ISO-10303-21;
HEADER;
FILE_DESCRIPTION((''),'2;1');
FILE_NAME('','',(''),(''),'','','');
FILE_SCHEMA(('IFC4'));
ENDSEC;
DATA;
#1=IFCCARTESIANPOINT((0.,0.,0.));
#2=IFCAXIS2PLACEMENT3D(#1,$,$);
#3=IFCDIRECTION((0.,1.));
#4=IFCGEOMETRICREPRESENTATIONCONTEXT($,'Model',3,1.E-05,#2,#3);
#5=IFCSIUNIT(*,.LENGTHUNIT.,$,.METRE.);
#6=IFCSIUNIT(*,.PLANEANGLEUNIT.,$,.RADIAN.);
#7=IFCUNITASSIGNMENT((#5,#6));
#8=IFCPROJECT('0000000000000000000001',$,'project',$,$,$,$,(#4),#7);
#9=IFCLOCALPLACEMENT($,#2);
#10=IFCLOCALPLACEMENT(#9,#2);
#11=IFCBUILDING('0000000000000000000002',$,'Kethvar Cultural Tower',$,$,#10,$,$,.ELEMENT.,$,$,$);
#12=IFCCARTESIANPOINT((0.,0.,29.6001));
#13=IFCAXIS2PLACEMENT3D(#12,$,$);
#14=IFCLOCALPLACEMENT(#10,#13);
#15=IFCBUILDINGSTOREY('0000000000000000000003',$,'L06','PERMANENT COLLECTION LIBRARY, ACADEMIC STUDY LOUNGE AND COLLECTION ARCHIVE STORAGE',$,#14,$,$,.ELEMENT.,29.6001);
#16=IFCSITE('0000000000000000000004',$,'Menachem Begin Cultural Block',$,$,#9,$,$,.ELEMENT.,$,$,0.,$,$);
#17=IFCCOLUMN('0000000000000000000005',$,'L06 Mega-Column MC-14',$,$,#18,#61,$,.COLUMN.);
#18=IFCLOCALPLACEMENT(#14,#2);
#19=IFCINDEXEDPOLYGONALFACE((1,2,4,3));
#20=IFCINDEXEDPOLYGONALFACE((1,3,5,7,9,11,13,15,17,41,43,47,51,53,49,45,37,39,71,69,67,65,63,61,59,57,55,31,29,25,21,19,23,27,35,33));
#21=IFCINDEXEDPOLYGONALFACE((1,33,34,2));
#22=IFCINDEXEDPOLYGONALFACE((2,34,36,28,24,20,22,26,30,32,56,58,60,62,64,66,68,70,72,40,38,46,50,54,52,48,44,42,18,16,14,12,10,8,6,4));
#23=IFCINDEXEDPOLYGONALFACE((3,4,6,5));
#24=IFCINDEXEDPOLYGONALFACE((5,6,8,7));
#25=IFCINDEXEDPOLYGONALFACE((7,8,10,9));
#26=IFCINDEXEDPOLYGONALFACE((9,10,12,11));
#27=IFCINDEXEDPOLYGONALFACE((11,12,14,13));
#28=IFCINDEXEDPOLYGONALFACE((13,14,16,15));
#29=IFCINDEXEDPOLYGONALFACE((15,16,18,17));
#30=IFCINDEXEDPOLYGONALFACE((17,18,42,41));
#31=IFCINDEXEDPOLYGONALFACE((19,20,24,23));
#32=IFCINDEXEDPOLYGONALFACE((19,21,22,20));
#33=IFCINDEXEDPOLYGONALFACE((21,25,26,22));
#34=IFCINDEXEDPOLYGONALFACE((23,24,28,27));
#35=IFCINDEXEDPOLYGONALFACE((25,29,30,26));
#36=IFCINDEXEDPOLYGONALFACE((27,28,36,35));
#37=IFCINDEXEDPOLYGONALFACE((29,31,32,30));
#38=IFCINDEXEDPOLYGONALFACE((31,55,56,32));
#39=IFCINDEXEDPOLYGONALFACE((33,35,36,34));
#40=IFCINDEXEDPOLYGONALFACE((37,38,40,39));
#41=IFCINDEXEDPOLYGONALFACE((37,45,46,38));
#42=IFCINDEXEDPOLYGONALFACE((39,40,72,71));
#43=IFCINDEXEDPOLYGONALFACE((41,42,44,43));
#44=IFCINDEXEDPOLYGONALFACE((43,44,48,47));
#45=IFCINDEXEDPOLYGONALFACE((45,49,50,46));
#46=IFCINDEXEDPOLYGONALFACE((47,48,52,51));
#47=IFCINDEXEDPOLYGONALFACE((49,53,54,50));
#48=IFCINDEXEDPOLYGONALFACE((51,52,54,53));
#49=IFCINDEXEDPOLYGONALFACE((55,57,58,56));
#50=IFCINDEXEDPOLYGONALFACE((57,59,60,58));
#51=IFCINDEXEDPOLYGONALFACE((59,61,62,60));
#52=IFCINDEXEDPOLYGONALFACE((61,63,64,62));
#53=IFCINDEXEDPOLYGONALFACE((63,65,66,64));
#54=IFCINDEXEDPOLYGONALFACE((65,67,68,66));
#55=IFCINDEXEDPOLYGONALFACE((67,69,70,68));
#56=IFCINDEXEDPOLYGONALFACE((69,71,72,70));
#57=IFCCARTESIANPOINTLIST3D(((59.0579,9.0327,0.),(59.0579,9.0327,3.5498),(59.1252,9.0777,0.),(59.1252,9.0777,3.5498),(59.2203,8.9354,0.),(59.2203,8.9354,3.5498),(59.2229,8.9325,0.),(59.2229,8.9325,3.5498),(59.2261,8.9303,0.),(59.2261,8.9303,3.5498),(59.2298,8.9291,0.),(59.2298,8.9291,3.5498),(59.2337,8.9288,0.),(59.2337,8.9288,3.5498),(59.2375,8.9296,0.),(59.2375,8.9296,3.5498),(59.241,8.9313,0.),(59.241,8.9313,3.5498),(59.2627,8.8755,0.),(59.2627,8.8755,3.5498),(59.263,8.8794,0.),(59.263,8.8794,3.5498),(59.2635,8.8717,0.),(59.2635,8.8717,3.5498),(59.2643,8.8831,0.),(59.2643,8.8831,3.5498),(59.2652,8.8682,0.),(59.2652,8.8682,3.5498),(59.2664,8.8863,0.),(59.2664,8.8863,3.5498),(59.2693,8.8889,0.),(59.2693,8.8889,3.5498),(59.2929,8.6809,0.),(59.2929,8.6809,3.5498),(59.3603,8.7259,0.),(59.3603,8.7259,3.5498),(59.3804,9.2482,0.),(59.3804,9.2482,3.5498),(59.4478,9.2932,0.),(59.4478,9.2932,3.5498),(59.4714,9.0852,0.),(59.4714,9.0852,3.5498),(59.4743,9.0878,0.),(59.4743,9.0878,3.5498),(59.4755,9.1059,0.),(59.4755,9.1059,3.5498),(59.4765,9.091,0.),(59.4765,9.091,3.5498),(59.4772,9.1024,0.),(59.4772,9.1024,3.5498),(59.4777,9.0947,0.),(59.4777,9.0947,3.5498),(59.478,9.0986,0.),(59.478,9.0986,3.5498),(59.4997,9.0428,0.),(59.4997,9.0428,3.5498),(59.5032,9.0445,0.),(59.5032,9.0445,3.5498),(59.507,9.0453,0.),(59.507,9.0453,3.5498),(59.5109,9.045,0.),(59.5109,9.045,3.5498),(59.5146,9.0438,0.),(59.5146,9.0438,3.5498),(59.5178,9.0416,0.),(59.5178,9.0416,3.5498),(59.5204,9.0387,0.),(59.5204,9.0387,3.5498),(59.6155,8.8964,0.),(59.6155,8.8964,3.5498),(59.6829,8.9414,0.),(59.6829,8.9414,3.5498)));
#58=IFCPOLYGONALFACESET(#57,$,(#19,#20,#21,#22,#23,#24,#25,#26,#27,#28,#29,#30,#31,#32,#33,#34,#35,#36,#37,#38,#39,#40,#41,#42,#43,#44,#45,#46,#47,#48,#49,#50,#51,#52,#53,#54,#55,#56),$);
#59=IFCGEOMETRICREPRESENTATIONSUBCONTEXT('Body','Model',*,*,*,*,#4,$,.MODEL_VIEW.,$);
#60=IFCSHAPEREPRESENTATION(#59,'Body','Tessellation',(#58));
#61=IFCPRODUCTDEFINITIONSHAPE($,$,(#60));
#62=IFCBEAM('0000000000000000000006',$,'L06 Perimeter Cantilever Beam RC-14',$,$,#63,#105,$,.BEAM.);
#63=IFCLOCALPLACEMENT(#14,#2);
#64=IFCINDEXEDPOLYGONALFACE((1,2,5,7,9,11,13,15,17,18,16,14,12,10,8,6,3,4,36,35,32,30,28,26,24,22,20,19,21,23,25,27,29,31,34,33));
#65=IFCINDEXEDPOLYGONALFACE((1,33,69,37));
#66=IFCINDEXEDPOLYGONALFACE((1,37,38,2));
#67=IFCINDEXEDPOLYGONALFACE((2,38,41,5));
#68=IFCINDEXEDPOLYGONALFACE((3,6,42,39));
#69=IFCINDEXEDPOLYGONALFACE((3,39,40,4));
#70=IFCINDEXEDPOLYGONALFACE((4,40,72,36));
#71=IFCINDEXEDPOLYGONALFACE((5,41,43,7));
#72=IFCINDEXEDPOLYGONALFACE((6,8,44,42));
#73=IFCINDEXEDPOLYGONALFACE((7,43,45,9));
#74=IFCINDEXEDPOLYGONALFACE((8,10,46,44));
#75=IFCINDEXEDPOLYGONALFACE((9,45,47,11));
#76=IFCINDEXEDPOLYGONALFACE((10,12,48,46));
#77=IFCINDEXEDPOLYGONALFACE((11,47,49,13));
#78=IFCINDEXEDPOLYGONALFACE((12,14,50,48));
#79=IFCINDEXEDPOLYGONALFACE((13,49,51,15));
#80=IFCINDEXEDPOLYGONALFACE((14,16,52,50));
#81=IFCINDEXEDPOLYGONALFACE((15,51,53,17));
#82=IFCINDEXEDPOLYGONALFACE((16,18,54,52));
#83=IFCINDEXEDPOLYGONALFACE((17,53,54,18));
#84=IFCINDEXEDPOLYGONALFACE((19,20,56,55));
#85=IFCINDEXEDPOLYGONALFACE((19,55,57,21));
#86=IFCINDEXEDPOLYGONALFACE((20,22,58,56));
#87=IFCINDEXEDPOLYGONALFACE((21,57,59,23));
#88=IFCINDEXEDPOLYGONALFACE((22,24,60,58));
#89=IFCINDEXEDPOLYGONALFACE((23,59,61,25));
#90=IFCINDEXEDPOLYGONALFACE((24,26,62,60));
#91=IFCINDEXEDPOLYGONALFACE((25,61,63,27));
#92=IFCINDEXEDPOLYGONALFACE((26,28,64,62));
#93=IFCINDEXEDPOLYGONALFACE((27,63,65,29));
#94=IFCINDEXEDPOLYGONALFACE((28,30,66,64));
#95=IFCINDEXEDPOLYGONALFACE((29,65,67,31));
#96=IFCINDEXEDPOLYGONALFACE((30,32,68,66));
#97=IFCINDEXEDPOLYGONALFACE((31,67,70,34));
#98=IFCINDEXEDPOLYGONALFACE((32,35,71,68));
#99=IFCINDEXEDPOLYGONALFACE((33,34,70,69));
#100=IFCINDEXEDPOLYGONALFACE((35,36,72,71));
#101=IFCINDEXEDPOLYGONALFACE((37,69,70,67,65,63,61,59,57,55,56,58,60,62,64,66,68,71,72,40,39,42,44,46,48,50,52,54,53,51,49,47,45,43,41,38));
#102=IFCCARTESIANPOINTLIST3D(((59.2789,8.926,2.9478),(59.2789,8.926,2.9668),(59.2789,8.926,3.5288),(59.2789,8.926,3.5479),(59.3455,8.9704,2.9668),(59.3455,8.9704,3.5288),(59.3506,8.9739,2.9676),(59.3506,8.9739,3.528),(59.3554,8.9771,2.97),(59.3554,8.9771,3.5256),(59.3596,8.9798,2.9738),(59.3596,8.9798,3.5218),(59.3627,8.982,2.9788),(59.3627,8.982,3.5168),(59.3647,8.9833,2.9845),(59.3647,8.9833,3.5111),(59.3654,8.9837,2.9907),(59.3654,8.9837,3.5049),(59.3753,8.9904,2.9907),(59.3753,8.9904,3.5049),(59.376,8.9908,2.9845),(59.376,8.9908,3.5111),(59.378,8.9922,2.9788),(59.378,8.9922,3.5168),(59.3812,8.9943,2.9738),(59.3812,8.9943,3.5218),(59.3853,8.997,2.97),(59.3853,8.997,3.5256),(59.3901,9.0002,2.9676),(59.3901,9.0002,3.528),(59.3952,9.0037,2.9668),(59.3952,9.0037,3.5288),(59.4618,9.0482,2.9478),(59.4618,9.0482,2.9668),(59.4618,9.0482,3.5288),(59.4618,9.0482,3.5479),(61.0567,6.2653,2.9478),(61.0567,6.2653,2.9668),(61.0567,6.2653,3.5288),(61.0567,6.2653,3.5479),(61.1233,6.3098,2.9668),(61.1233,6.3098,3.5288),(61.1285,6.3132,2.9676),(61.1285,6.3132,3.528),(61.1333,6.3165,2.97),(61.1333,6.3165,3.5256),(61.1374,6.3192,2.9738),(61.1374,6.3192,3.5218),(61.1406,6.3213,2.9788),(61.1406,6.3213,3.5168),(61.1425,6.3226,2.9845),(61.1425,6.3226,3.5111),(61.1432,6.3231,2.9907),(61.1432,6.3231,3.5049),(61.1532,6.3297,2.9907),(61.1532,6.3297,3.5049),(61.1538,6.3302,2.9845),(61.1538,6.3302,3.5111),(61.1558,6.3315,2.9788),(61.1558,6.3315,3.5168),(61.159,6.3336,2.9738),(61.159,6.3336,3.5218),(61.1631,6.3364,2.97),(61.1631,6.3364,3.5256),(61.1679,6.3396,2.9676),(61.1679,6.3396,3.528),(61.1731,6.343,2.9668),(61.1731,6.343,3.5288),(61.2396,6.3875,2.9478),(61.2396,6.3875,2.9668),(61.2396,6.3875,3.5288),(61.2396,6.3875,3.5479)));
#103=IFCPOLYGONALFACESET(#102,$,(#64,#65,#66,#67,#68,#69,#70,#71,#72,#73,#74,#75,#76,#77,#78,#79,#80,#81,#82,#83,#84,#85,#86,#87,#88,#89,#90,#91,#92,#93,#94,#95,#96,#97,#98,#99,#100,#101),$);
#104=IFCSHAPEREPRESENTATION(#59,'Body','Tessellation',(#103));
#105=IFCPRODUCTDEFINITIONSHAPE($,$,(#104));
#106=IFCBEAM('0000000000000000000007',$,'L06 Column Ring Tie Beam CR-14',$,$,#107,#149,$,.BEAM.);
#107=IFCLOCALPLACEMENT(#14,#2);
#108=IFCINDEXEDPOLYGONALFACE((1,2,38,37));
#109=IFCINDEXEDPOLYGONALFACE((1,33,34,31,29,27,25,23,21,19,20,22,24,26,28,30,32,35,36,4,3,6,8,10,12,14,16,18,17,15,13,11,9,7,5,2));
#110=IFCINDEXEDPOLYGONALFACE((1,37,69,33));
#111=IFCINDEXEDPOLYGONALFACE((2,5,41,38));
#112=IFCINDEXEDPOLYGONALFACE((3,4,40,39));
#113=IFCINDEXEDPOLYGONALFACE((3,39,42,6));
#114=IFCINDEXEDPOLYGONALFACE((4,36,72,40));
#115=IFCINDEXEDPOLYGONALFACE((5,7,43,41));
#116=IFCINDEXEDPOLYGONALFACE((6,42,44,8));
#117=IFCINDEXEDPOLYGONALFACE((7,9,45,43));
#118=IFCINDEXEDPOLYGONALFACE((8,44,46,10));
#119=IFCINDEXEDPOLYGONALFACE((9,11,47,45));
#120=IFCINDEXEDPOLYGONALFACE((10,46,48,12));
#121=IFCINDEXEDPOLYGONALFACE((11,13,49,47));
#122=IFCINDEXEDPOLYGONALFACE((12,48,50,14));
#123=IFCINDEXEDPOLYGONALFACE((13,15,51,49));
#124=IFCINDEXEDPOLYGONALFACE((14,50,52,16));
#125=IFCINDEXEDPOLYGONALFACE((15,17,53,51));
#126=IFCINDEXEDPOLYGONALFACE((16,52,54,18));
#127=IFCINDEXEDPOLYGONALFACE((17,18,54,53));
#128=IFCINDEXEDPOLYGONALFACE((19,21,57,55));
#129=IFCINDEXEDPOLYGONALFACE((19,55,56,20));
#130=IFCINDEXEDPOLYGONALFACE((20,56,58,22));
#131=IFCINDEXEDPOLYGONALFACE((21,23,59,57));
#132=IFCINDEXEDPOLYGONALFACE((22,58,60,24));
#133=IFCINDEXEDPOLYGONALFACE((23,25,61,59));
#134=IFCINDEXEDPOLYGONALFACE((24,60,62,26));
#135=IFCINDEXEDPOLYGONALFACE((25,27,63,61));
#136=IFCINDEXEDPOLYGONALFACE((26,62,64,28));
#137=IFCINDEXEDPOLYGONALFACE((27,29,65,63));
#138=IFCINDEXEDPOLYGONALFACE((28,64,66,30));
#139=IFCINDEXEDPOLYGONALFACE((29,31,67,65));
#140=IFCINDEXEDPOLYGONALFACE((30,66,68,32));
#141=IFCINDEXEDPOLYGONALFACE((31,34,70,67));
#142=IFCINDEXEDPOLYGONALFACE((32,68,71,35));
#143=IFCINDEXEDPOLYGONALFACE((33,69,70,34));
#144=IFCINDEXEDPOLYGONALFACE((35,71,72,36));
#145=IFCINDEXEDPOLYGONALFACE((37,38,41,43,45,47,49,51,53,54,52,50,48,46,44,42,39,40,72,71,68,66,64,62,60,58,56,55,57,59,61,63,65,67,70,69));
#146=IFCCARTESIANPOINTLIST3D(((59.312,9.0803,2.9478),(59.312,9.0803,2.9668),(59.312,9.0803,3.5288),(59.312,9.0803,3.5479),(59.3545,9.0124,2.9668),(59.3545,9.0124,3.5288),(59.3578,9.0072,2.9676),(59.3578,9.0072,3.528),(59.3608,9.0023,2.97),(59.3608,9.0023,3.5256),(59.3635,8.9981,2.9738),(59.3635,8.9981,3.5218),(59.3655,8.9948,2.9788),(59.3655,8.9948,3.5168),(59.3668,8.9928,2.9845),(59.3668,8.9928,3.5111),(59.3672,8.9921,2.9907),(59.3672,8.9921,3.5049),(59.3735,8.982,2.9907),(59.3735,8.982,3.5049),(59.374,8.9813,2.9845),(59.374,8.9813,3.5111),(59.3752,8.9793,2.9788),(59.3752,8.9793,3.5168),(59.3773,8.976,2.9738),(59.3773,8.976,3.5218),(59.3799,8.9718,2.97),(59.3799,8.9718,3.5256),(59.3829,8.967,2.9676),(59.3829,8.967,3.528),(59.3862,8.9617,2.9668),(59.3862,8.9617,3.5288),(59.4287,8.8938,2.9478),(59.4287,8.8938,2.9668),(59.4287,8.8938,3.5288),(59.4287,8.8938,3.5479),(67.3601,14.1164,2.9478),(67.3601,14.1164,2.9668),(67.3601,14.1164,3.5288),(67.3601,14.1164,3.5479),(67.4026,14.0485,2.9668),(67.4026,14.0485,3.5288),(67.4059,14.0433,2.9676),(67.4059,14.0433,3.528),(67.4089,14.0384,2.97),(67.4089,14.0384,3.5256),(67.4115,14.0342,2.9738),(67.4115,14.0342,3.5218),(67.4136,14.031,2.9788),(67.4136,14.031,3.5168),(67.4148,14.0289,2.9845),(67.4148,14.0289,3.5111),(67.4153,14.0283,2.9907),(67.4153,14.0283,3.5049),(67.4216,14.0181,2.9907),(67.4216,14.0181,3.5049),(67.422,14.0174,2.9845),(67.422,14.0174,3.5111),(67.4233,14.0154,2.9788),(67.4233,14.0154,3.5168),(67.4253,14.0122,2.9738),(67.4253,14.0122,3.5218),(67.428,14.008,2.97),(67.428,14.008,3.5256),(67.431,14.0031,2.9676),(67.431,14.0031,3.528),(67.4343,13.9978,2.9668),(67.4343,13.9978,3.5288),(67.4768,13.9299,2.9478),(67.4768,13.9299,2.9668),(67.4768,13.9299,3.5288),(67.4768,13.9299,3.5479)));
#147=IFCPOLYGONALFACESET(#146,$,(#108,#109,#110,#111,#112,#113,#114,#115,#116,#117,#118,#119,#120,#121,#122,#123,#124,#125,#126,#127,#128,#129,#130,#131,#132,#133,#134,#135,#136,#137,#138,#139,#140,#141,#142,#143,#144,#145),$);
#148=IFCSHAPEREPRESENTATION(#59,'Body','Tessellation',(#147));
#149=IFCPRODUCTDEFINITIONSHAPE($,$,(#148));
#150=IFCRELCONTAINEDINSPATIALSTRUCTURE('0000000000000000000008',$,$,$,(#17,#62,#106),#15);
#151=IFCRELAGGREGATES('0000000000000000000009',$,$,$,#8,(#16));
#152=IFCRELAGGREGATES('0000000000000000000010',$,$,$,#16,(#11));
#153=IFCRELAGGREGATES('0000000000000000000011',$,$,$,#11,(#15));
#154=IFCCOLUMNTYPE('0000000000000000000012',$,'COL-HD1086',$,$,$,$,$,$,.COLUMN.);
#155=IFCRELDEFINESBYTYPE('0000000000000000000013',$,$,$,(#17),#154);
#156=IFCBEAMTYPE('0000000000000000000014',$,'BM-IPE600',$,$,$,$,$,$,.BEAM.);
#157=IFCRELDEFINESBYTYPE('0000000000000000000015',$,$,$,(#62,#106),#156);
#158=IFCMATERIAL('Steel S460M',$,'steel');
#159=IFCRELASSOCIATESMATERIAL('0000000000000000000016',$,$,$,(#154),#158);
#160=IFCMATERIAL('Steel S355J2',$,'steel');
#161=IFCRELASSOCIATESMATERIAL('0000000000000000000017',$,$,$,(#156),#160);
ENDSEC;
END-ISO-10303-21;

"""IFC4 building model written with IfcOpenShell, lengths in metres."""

from ifc_helpers import new_model, si_unit, direction, frame, origin, origin_2d, place, context, subcontext, project, spatial, i_section, extrude, source, transform, mapped, material, material_profile, profile_set, type_object, element, save


model = new_model("IFC4")

# Units and contexts
model_context = context("Model", 3, precision=1e-05, world=origin(), true_north=direction((0.0, 1.0)))
body_context = subcontext(model_context, "Body", "Model", "MODEL_VIEW")
ifc_project = project(units=[si_unit("LENGTHUNIT", "METRE"), si_unit("PLANEANGLEUNIT", "RADIAN")], contexts=[model_context])

# Site, building, storey
site_placement = place(None, origin())
site = spatial("IfcSite", under=ifc_project, at=site_placement, Name="Menachem Begin Cultural Block", CompositionType="ELEMENT", RefElevation=0.0)
building_placement = place(site_placement, origin())
building = spatial("IfcBuilding", under=site, at=building_placement, Name="Kethvar Cultural Tower", CompositionType="ELEMENT")
storey_placement = place(building_placement, frame((0.0, 0.0, 29.6001)))
storey = spatial("IfcBuildingStorey", under=building, at=storey_placement, Name="L06", Description="PERMANENT COLLECTION LIBRARY, ACADEMIC STUDY LOUNGE AND COLLECTION ARCHIVE STORAGE", CompositionType="ELEMENT", Elevation=29.6001)

# Column
ifc_material_1 = material(Name="Steel S460M", Category="steel")
ifc_material_profile_1 = material_profile(ifc_material_1, i_section(OverallWidth=0.4231, OverallDepth=0.469, WebThickness=0.051, FlangeThickness=0.0811, FilletRadius=0.0149, at=origin_2d()), Name="Steel S460M — HD400x1086")
ifc_profile_set_1 = profile_set([ifc_material_profile_1], Name="Steel S460M — HD400x1086")
column_type = type_object("IfcColumnType", Name="COL-HD1086", PredefinedType="COLUMN", material=ifc_profile_set_1)
shared_shape_1 = source(origin(), body_context, "Body", "SweptSolid", [
    extrude(i_section(OverallWidth=0.4231, OverallDepth=0.469, WebThickness=0.051, FlangeThickness=0.0811, FilletRadius=0.0149, at=origin_2d()), origin(), (0.0, 0.0, 1.0), 3.5498),
])
column_placement = place(storey_placement, frame((59.3704, 8.9871, 0.0), z_axis=(0.0, 0.0, 1.0), x_axis=(0.55557, -0.83147, 0.0)))
element("IfcColumn", 1, at=column_placement, inside=storey, type_object=column_type, Name="L06 Mega-Column MC-14", PredefinedType="COLUMN", context=body_context, shape_type="MappedRepresentation", body=[
    mapped(shared_shape_1, transform((0.0, 0.0, 0.0), scale=1.0)),
])

# Beams
ifc_material_2 = material(Name="Steel S355J2", Category="steel")
ifc_material_profile_2 = material_profile(ifc_material_2, i_section(OverallWidth=0.22, OverallDepth=0.6001, WebThickness=0.012, FlangeThickness=0.019, FilletRadius=0.0239, at=origin_2d()), Name="Steel S355J2 — IPE600")
ifc_profile_set_2 = profile_set([ifc_material_profile_2], Name="Steel S355J2 — IPE600")
beam_type_1 = type_object("IfcBeamType", Name="BM-IPE600", PredefinedType="BEAM", material=ifc_profile_set_2)
shared_shape_2 = source(origin(), body_context, "Body", "SweptSolid", [
    extrude(i_section(OverallWidth=0.22, OverallDepth=0.6001, WebThickness=0.012, FlangeThickness=0.019, FilletRadius=0.0239, at=origin_2d()), origin(), (0.0, 0.0, 1.0), 3.2),
])
beam_1_placement = place(storey_placement, frame((59.3704, 8.9871, 3.2478), z_axis=(0.55558, -0.831463, 0.0), x_axis=(0.831463, 0.55558, 0.0)))
element("IfcBeam", 2, at=beam_1_placement, inside=storey, type_object=beam_type_1, Name="L06 Perimeter Cantilever Beam RC-14", PredefinedType="BEAM", context=body_context, shape_type="MappedRepresentation", body=[
    mapped(shared_shape_2, transform((0.0, 0.0, 0.0), scale=1.0)),
])
shared_shape_3 = source(origin(), body_context, "Body", "SweptSolid", [
    extrude(i_section(OverallWidth=0.22, OverallDepth=0.6001, WebThickness=0.012, FlangeThickness=0.019, FilletRadius=0.0239, at=origin_2d()), origin(), (0.0, 0.0, 1.0), 9.4939),
])
beam_2_placement = place(storey_placement, frame((59.3704, 8.9871, 3.2478), z_axis=(0.847711, 0.530459, 0.0), x_axis=(-0.530459, 0.847711, 0.0)))
element("IfcBeam", 3, at=beam_2_placement, inside=storey, type_object=beam_type_1, Name="L06 Column Ring Tie Beam CR-14", PredefinedType="BEAM", context=body_context, shape_type="MappedRepresentation", body=[
    mapped(shared_shape_3, transform((0.0, 0.0, 0.0), scale=1.0)),
])

save(model, "model.ifc")
